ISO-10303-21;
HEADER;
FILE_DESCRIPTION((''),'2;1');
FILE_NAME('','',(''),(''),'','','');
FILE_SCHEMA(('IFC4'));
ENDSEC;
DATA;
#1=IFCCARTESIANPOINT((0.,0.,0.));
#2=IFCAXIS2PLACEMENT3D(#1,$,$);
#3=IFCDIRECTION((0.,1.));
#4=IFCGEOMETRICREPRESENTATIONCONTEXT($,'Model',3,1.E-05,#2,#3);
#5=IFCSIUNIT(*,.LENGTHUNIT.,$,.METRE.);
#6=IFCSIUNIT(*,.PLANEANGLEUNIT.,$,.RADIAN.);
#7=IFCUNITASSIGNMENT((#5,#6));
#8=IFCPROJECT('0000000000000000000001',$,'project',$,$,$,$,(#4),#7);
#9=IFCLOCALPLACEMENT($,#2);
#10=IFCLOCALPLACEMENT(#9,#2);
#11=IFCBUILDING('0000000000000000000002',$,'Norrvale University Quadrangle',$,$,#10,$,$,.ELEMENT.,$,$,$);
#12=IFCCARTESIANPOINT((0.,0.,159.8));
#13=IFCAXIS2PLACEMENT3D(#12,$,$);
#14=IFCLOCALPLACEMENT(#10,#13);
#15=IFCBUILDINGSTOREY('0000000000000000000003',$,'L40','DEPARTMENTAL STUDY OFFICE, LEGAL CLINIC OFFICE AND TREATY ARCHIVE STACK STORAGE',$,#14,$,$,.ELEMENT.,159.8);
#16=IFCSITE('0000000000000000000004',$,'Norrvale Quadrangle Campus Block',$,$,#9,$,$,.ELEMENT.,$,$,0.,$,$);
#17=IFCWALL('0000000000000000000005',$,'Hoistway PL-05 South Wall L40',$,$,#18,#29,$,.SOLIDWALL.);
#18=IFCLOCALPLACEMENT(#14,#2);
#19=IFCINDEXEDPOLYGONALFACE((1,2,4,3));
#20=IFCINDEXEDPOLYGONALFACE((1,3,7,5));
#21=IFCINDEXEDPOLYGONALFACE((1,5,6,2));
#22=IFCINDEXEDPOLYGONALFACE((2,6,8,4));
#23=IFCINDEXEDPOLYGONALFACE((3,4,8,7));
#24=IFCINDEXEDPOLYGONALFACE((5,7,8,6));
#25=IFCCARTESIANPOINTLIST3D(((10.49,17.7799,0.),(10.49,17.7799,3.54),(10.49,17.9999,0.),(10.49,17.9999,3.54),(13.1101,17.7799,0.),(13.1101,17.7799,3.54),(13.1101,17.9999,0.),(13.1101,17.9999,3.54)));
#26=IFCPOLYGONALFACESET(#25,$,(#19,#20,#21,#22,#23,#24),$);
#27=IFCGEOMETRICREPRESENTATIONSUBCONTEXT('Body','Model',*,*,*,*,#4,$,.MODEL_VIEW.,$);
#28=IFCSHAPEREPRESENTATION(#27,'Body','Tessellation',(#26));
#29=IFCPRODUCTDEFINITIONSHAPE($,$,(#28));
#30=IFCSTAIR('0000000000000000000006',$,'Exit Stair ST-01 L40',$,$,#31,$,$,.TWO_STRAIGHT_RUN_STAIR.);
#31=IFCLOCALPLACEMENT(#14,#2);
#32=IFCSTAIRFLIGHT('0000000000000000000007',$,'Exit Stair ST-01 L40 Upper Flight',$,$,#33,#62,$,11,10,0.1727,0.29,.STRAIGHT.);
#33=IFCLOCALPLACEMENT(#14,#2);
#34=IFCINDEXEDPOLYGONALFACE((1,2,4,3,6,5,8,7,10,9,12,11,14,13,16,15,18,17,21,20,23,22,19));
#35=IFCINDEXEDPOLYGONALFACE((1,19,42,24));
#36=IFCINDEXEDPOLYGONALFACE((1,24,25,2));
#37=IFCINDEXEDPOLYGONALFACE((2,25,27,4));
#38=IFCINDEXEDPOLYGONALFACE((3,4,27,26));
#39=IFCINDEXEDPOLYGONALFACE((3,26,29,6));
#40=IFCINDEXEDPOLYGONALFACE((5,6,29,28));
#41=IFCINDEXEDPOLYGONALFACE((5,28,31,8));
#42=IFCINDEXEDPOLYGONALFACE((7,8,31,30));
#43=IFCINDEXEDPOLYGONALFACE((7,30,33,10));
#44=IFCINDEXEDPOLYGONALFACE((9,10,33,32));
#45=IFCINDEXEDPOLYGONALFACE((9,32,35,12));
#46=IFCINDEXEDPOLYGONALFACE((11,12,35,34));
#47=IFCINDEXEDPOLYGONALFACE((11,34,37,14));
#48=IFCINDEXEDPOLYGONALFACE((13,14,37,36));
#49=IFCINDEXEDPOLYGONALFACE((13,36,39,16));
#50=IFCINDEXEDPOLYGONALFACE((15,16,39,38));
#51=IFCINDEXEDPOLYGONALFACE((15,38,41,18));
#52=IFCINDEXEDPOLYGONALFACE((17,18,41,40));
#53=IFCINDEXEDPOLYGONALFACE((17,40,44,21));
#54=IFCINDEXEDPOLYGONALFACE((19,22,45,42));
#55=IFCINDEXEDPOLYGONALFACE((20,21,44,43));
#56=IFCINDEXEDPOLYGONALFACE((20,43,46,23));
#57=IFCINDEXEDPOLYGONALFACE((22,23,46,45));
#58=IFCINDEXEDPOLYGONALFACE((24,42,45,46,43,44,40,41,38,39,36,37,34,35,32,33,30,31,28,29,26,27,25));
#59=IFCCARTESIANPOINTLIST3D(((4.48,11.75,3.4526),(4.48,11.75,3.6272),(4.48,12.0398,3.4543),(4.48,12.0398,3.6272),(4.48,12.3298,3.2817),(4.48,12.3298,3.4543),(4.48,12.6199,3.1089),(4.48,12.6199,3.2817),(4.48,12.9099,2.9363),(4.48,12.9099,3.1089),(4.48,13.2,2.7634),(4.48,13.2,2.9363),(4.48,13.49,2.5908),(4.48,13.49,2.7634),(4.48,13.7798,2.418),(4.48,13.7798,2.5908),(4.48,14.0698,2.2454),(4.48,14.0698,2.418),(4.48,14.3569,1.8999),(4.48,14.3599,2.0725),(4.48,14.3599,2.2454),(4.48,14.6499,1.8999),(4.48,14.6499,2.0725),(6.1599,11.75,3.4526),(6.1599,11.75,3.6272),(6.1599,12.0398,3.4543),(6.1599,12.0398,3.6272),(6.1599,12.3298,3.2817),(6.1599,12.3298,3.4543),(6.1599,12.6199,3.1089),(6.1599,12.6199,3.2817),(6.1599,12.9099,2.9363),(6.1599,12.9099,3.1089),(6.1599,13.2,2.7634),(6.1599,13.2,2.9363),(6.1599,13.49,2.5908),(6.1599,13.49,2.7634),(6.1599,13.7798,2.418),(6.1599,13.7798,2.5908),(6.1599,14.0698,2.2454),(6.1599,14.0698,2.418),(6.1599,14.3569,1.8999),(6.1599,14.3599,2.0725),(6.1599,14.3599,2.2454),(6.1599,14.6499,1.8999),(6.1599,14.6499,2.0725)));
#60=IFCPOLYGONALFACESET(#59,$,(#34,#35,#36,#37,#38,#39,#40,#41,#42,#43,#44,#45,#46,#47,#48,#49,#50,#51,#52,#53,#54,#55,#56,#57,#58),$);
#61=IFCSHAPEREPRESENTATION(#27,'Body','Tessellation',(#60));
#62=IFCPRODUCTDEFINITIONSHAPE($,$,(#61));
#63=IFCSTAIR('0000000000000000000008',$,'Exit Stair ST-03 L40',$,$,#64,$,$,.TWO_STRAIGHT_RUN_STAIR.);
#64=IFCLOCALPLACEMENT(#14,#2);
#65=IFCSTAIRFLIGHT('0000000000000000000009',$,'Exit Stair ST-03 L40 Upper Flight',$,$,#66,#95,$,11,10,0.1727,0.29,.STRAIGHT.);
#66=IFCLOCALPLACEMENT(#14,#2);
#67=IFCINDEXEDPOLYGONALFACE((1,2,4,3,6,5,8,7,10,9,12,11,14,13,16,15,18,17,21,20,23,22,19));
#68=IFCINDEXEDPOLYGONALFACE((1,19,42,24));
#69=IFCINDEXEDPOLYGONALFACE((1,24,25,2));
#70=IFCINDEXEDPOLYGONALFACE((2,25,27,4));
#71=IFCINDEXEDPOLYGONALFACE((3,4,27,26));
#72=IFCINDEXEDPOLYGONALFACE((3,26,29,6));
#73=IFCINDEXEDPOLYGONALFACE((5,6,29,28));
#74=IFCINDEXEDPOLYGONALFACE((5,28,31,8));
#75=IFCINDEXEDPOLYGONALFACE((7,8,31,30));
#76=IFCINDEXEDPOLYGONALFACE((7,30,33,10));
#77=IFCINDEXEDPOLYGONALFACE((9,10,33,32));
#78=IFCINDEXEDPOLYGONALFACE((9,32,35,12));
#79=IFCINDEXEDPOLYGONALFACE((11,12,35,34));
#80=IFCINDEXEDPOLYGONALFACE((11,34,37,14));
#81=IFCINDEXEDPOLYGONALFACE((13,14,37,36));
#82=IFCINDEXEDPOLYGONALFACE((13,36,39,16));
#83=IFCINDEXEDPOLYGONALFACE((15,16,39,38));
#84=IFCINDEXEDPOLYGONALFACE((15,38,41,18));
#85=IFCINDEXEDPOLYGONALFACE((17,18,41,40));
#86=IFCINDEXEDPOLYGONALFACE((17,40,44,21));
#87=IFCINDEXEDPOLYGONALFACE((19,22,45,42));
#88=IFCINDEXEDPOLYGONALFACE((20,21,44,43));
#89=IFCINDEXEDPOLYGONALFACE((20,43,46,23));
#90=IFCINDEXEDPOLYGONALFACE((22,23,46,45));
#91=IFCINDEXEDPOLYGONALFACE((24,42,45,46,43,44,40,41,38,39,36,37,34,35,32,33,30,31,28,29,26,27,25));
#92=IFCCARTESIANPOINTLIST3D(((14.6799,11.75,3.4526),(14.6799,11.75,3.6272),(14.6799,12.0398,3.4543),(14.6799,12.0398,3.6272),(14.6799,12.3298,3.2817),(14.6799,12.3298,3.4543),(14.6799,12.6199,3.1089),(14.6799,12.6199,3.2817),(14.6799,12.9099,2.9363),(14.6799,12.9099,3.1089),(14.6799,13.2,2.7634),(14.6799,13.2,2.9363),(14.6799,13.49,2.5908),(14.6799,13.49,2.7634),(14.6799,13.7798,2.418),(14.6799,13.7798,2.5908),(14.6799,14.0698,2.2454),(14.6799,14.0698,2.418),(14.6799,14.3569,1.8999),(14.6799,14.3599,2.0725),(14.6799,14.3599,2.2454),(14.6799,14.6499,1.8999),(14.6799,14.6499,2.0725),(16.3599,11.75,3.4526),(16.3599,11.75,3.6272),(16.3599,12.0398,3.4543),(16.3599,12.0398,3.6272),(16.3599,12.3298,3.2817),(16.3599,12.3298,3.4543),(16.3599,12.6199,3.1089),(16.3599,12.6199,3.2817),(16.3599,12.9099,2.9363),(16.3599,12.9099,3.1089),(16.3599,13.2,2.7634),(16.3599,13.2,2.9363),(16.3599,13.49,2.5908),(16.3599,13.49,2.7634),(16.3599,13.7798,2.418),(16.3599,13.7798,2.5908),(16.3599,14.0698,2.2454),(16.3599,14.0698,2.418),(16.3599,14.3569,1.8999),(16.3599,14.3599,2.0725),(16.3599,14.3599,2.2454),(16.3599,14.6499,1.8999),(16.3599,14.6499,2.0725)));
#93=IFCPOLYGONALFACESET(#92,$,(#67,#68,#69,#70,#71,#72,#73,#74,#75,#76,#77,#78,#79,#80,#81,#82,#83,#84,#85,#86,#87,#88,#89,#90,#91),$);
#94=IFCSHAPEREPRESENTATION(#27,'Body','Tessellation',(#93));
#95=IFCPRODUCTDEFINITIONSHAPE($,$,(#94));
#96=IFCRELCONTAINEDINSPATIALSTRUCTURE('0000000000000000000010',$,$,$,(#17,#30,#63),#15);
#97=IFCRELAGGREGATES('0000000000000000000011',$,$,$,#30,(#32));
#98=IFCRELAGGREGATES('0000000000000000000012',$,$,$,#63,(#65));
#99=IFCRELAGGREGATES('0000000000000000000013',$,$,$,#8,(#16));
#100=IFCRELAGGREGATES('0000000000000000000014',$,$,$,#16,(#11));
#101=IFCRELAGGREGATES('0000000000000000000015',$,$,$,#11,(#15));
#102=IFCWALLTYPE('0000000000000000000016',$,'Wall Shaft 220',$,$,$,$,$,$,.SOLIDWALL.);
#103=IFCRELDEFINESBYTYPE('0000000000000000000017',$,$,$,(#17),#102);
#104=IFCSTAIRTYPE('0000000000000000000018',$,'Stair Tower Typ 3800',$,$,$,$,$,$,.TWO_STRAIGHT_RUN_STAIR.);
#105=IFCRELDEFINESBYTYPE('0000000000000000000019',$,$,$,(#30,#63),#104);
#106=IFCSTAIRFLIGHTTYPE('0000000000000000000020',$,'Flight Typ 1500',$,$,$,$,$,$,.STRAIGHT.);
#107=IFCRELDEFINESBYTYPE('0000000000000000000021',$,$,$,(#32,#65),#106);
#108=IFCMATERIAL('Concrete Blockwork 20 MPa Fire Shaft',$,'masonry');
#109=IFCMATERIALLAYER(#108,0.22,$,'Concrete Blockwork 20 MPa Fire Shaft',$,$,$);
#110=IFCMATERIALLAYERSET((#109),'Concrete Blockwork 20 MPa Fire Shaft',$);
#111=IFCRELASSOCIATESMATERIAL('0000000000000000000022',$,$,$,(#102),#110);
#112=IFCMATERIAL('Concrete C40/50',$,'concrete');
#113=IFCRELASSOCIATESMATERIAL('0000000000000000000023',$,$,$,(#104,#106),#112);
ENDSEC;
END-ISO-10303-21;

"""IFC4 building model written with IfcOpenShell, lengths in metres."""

from ifc_helpers import new_model, si_unit, direction, frame, frame_2d, origin, place, context, subcontext, project, spatial, polyline, rectangle, outline, extrude, material, layer, layer_set, type_object, element, aggregate, save


model = new_model("IFC4")

# Units and contexts
model_context = context("Model", 3, precision=1e-05, world=origin(), true_north=direction((0.0, 1.0)))
body_context = subcontext(model_context, "Body", "Model", "MODEL_VIEW")
ifc_project = project(units=[si_unit("LENGTHUNIT", "METRE"), si_unit("PLANEANGLEUNIT", "RADIAN")], contexts=[model_context])

# Site, building, storey
site_placement = place(None, origin())
site = spatial("IfcSite", under=ifc_project, at=site_placement, Name="Norrvale Quadrangle Campus Block", CompositionType="ELEMENT", RefElevation=0.0)
building_placement = place(site_placement, origin())
building = spatial("IfcBuilding", under=site, at=building_placement, Name="Norrvale University Quadrangle", CompositionType="ELEMENT")
storey_placement = place(building_placement, frame((0.0, 0.0, 159.8)))
storey = spatial("IfcBuildingStorey", under=building, at=storey_placement, Name="L40", Description="DEPARTMENTAL STUDY OFFICE, LEGAL CLINIC OFFICE AND TREATY ARCHIVE STACK STORAGE", CompositionType="ELEMENT", Elevation=159.8)

# Shared definitions
ifc_material_1 = material(Name="Concrete Blockwork 20 MPa Fire Shaft", Category="masonry")
ifc_layer_1 = layer(ifc_material_1, 0.22, Name="Concrete Blockwork 20 MPa Fire Shaft")
ifc_layer_set_1 = layer_set([ifc_layer_1], Name="Concrete Blockwork 20 MPa Fire Shaft")
wall_type_1 = type_object("IfcWallType", Name="Wall Shaft 220", PredefinedType="SOLIDWALL", material=ifc_layer_set_1)

# Wall
wall_1_placement = place(storey_placement, frame((10.49, 17.8899, 0.0), z_axis=(0.0, 0.0, 1.0), x_axis=(1.0, 0.0, 0.0)))
element("IfcWall", 1, at=wall_1_placement, inside=storey, type_object=wall_type_1, Name="Hoistway PL-05 South Wall L40", PredefinedType="SOLIDWALL", context=body_context, shape_type="SweptSolid", body=[
    extrude(rectangle(XDim=2.6201, YDim=0.22, at=frame_2d((1.3101, 0.0))), origin(), (0.0, 0.0, 1.0), 3.54),
])

# Stairs, stair flights
ifc_material_2 = material(Name="Concrete C40/50", Category="concrete")
stair_type = type_object("IfcStairType", Name="Stair Tower Typ 3800", PredefinedType="TWO_STRAIGHT_RUN_STAIR", material=ifc_material_2)
stair_1_placement = place(storey_placement, origin())
stair_1 = element("IfcStair", 2, at=stair_1_placement, inside=storey, type_object=stair_type, Name="Exit Stair ST-01 L40", PredefinedType="TWO_STRAIGHT_RUN_STAIR")
stair_flight_type = type_object("IfcStairFlightType", Name="Flight Typ 1500", PredefinedType="STRAIGHT", material=ifc_material_2)
stair_flight_1_placement = place(storey_placement, frame((5.3201, 14.6499, 1.8999), z_axis=(0.0, 0.0, 1.0), x_axis=(0.0, -1.0, 0.0)))
stair_flight_1 = element("IfcStairFlight", 3, at=stair_flight_1_placement, type_object=stair_flight_type, Name="Exit Stair ST-01 L40 Upper Flight", NumberOfRisers=11, NumberOfTreads=10, PredefinedType="STRAIGHT", RiserHeight=0.1727, TreadLength=0.29, context=body_context, shape_type="SweptSolid", body=[
    extrude(outline(polyline([(0.0, 0.0), (0.0, 0.1726), (0.29, 0.1726), (0.29, 0.3455), (0.5801, 0.3455), (0.5801, 0.5181), (0.8701, 0.5181), (0.8701, 0.6909), (1.1599, 0.6909), (1.1599, 0.8635), (1.45, 0.8635), (1.45, 1.0364), (1.74, 1.0364), (1.74, 1.209), (2.03, 1.209), (2.03, 1.3818), (2.3201, 1.3818), (2.3201, 1.5544), (2.6101, 1.5544), (2.6101, 1.7273), (2.8999, 1.7273), (2.8999, 1.8999), (2.8999, 1.5527), (0.293, 0.0), (0.0, 0.0)])), frame((0.0, 0.8398, 0.0), z_axis=(0.0, -1.0, 0.0), x_axis=(1.0, 0.0, 0.0)), (0.0, 0.0, 1.0), 1.6799),
])
aggregate(stair_1, [stair_flight_1])
stair_2_placement = place(storey_placement, origin())
stair_2 = element("IfcStair", 4, at=stair_2_placement, inside=storey, type_object=stair_type, Name="Exit Stair ST-03 L40", PredefinedType="TWO_STRAIGHT_RUN_STAIR")
stair_flight_2_placement = place(storey_placement, frame((15.52, 14.6499, 1.8999), z_axis=(0.0, 0.0, 1.0), x_axis=(0.0, -1.0, 0.0)))
stair_flight_2 = element("IfcStairFlight", 5, at=stair_flight_2_placement, type_object=stair_flight_type, Name="Exit Stair ST-03 L40 Upper Flight", NumberOfRisers=11, NumberOfTreads=10, PredefinedType="STRAIGHT", RiserHeight=0.1727, TreadLength=0.29, context=body_context, shape_type="SweptSolid", body=[
    extrude(outline(polyline([(0.0, 0.0), (0.0, 0.1726), (0.29, 0.1726), (0.29, 0.3455), (0.5801, 0.3455), (0.5801, 0.5181), (0.8701, 0.5181), (0.8701, 0.6909), (1.1599, 0.6909), (1.1599, 0.8635), (1.45, 0.8635), (1.45, 1.0364), (1.74, 1.0364), (1.74, 1.209), (2.03, 1.209), (2.03, 1.3818), (2.3201, 1.3818), (2.3201, 1.5544), (2.6101, 1.5544), (2.6101, 1.7273), (2.8999, 1.7273), (2.8999, 1.8999), (2.8999, 1.5527), (0.293, 0.0), (0.0, 0.0)])), frame((0.0, 0.8398, 0.0), z_axis=(0.0, -1.0, 0.0), x_axis=(1.0, 0.0, 0.0)), (0.0, 0.0, 1.0), 1.6799),
])
aggregate(stair_2, [stair_flight_2])

save(model, "model.ifc")
